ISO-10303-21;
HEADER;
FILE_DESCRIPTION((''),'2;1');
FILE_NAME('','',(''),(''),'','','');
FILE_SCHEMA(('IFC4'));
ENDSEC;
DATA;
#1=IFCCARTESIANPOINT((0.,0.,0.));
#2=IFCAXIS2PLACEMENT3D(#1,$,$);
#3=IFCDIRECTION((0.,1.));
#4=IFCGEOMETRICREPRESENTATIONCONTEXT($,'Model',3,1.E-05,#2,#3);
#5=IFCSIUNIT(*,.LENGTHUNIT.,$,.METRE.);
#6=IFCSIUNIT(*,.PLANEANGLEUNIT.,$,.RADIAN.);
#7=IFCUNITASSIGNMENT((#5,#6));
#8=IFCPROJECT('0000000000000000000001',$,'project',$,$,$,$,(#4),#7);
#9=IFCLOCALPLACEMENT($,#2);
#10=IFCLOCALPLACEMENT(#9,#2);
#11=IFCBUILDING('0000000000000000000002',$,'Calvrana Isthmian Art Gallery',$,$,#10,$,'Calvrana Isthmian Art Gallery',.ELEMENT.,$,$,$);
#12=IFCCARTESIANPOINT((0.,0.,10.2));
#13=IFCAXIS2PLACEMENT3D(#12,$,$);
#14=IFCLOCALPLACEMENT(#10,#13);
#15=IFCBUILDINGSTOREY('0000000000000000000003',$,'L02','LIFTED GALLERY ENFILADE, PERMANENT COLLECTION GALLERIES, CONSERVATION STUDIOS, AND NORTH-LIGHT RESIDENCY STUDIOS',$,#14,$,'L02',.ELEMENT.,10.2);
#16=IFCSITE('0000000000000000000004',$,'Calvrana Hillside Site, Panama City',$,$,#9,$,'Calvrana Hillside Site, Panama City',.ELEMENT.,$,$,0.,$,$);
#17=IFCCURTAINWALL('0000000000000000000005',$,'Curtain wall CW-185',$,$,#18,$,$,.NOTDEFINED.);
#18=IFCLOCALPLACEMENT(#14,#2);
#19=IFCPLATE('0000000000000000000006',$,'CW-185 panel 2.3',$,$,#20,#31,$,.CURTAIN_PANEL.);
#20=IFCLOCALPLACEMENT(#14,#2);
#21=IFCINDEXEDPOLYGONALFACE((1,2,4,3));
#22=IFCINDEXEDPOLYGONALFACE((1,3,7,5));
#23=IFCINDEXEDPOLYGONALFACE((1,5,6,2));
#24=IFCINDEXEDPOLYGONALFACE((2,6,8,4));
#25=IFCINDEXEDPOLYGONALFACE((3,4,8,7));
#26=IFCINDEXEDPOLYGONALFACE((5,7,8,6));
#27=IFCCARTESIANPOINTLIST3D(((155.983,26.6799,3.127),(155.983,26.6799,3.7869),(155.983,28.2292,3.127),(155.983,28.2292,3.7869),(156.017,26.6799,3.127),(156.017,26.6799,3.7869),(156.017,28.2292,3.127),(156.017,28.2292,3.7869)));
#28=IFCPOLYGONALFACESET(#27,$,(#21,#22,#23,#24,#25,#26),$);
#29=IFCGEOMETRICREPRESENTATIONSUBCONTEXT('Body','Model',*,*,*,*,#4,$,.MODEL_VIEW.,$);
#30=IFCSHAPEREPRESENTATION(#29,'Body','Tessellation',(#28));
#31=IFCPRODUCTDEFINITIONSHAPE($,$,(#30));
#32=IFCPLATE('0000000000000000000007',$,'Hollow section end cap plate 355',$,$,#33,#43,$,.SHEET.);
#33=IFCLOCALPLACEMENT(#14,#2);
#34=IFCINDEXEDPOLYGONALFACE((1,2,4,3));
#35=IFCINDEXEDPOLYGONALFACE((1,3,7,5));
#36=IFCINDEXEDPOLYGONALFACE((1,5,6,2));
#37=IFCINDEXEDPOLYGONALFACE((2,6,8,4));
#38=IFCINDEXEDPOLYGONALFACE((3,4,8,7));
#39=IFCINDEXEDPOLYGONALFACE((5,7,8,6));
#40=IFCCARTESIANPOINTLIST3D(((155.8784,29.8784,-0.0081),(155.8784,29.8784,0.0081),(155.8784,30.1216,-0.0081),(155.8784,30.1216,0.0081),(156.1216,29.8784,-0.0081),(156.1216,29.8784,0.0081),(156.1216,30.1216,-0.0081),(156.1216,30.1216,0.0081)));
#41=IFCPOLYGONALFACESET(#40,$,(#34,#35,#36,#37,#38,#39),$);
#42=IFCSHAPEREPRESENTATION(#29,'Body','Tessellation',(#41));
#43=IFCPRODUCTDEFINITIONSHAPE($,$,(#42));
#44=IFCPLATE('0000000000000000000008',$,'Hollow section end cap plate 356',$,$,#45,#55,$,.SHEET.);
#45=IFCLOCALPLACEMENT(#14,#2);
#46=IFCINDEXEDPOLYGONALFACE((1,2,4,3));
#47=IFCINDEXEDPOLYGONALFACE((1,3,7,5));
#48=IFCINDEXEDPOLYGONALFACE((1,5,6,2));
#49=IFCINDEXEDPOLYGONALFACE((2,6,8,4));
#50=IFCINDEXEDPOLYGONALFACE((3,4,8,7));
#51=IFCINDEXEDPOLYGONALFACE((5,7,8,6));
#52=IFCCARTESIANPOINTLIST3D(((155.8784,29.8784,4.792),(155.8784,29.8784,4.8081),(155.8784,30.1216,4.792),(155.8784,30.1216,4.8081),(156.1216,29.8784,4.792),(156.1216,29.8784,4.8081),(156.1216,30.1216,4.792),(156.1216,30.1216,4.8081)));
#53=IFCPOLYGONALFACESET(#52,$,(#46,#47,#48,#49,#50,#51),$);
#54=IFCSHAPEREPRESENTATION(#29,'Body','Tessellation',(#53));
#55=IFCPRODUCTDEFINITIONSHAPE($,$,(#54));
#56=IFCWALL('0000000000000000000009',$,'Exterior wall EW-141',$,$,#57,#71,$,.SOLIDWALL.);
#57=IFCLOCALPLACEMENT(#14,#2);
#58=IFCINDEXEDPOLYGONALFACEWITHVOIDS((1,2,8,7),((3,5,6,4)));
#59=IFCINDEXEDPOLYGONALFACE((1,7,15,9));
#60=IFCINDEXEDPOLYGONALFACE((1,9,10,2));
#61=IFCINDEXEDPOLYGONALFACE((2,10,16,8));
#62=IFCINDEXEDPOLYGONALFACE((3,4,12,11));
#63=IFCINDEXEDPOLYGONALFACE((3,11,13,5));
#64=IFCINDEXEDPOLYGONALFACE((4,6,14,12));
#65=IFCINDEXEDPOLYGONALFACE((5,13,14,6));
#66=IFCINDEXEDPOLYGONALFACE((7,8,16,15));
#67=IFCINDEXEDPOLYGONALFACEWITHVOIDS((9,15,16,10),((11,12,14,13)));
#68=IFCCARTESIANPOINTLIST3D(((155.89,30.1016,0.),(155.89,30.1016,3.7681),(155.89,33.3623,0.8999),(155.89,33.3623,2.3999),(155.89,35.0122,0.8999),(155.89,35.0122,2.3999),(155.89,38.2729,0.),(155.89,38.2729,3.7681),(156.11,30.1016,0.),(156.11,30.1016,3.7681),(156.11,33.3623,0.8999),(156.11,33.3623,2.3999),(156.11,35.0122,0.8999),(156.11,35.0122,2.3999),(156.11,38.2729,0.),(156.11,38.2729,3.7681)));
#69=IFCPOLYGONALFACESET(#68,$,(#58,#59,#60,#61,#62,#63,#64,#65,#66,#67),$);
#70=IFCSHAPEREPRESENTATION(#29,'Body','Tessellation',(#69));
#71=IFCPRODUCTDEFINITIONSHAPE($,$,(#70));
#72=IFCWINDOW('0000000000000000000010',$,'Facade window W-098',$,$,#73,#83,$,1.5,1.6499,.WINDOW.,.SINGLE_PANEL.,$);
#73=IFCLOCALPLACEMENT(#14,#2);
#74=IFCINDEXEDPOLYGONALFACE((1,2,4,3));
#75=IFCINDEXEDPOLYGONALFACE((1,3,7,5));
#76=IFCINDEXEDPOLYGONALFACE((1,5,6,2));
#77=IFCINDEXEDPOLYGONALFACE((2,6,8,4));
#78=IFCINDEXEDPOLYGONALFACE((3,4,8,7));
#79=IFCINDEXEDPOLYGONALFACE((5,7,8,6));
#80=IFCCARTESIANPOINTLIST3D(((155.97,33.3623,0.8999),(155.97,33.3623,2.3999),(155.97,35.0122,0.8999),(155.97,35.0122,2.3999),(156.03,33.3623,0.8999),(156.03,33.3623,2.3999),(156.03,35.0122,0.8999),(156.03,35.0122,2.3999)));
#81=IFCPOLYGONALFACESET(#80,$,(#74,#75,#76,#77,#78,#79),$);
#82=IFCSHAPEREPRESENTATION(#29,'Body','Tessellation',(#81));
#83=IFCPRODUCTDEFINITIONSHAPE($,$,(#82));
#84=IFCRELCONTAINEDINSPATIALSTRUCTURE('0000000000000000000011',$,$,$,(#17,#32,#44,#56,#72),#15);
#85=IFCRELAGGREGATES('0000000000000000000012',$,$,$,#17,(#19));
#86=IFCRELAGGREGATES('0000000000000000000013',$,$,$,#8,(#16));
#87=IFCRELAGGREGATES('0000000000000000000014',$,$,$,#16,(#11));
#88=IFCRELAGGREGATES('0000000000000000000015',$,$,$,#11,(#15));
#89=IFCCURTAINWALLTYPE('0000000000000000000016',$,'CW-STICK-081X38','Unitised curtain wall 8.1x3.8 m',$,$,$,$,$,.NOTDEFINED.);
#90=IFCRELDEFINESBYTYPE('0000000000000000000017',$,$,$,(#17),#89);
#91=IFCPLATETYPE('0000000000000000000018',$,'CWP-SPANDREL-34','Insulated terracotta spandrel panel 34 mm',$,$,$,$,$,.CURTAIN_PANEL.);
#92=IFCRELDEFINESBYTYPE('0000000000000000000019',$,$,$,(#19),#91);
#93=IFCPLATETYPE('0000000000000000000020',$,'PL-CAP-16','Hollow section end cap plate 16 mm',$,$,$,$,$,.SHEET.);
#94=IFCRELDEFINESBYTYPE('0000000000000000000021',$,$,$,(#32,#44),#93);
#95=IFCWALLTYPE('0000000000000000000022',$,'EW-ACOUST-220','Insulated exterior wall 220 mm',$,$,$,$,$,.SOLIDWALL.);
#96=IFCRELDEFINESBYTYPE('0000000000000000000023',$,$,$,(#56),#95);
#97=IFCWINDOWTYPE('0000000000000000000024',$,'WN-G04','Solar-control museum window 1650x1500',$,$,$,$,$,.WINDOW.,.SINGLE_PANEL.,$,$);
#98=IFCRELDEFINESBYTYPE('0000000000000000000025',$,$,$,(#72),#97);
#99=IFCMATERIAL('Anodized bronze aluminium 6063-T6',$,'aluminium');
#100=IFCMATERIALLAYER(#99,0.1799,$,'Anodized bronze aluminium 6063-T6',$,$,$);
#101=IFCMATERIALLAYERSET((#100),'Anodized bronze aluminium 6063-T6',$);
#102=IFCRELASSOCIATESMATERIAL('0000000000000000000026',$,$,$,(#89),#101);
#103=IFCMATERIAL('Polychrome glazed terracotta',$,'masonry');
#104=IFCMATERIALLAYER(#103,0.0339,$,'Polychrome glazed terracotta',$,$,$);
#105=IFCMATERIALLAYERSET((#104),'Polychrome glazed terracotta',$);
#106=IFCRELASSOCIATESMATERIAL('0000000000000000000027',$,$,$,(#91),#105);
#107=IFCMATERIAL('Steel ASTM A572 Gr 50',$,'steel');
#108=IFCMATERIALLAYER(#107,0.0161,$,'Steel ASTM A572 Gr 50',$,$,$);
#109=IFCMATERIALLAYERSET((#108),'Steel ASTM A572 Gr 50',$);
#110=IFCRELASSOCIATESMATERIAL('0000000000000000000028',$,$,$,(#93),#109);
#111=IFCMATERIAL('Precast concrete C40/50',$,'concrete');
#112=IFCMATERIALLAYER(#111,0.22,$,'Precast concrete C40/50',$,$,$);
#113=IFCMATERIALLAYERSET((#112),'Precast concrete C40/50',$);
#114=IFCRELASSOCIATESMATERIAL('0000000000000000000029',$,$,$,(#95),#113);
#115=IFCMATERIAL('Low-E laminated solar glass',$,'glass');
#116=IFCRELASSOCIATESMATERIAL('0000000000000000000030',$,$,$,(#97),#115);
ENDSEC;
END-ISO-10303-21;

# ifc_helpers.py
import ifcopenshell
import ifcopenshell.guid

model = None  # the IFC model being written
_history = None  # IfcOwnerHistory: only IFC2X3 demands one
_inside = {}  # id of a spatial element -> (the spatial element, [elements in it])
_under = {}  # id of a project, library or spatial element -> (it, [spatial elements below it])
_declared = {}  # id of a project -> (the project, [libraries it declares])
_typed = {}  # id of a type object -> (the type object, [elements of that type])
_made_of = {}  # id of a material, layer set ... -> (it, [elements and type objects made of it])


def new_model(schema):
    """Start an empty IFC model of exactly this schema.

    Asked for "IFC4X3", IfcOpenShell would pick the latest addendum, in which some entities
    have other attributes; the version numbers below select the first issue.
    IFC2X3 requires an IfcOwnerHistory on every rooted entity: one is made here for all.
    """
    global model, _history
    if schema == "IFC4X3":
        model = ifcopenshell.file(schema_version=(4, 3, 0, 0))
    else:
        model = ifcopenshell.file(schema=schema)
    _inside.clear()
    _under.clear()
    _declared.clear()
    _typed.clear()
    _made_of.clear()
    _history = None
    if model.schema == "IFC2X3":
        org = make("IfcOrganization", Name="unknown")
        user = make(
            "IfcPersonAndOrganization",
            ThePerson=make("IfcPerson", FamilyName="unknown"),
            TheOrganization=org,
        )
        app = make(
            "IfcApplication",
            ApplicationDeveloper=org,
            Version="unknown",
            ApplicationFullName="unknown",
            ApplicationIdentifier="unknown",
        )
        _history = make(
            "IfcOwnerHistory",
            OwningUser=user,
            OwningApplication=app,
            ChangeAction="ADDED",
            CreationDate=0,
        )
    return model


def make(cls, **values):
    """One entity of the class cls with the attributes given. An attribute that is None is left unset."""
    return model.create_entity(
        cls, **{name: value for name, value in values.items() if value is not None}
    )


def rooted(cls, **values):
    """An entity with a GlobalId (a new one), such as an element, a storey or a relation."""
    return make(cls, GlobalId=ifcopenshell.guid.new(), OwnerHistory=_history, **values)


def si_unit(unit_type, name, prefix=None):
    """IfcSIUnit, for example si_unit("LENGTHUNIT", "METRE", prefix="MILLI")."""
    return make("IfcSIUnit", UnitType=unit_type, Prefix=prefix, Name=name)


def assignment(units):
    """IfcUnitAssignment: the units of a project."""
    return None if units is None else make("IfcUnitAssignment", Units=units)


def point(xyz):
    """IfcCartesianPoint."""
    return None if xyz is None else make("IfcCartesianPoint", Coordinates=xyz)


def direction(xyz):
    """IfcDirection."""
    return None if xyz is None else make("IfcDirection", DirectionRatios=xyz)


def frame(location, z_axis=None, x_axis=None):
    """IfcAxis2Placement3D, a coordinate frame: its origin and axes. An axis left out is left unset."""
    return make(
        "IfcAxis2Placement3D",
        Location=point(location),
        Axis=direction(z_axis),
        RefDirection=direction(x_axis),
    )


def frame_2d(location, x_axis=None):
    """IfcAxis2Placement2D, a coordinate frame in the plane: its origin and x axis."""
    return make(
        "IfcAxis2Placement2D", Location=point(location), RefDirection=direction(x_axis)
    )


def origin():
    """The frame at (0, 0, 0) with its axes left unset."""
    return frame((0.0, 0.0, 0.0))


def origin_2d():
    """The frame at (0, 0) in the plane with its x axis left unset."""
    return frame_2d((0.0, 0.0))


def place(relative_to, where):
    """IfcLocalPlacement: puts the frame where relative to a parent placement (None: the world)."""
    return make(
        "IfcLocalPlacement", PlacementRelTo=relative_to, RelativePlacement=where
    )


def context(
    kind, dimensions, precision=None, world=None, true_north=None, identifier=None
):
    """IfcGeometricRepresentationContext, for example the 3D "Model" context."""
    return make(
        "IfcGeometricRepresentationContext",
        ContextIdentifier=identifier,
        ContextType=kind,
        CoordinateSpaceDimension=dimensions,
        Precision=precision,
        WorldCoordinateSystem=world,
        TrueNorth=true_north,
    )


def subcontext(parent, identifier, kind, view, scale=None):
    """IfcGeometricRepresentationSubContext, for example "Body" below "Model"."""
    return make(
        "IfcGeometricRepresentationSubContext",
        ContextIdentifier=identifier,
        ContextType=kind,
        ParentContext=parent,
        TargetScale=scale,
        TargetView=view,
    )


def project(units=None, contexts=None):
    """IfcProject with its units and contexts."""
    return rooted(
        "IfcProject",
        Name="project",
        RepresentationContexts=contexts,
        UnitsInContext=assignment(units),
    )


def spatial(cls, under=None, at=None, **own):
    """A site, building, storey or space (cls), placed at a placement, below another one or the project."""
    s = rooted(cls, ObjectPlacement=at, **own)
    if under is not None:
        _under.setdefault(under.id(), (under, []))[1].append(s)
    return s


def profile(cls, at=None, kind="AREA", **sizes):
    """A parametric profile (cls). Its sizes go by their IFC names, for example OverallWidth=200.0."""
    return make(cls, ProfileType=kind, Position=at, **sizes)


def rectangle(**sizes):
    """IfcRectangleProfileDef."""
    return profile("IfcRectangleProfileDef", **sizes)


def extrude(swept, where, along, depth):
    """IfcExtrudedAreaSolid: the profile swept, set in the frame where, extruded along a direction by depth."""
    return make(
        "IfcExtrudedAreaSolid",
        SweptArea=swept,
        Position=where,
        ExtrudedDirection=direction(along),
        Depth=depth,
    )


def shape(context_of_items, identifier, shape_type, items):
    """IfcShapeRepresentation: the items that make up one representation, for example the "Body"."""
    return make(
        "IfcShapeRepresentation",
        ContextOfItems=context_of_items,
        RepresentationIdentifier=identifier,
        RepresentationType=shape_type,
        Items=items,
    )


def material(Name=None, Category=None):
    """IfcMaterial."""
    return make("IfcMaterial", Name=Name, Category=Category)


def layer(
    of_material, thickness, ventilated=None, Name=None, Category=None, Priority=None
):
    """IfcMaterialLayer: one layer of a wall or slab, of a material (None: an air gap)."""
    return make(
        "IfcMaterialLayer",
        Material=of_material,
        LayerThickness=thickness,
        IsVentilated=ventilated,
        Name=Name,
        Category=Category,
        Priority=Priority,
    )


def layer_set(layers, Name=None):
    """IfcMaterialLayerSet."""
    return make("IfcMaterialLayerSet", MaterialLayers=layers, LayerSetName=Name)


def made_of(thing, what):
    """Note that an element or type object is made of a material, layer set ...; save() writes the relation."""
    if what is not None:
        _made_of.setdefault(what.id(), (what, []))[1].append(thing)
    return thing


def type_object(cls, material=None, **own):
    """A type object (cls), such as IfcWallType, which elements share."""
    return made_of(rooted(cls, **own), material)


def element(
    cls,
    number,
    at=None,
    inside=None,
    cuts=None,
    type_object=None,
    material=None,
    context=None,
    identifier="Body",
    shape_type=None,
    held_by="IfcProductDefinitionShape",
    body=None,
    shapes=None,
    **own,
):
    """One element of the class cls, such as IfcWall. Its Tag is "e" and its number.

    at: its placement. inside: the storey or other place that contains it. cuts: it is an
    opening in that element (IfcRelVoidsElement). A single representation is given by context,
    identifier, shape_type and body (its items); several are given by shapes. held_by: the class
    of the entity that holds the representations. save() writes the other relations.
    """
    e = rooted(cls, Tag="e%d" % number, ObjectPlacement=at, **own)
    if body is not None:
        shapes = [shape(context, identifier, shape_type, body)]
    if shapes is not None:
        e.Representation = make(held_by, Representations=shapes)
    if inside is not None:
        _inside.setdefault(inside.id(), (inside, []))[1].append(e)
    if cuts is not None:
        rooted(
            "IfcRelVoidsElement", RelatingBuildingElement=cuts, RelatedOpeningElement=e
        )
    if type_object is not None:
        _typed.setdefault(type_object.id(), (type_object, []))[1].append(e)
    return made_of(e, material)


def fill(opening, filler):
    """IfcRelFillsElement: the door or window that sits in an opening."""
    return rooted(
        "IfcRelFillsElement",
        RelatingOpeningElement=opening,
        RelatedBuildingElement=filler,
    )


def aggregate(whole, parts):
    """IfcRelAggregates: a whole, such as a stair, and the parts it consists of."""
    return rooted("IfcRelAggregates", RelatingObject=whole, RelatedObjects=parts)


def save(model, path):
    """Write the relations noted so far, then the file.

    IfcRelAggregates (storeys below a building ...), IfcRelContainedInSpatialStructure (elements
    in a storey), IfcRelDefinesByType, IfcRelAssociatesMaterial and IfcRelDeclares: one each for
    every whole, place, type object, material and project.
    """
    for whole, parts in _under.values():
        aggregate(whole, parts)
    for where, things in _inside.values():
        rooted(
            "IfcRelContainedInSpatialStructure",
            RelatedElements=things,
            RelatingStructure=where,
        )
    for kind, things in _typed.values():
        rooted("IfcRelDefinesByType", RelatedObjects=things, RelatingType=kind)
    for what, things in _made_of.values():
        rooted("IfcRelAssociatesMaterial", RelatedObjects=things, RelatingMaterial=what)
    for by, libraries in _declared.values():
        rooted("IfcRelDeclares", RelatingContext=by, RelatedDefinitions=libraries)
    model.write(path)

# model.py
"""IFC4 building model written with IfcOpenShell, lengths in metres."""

from ifc_helpers import new_model, si_unit, direction, frame, frame_2d, origin, origin_2d, place, context, subcontext, project, spatial, rectangle, extrude, material, layer, layer_set, type_object, element, fill, aggregate, save


model = new_model("IFC4")

# Units and contexts
model_context = context("Model", 3, precision=1e-05, world=origin(), true_north=direction((0.0, 1.0)))
body_context = subcontext(model_context, "Body", "Model", "MODEL_VIEW")
ifc_project = project(units=[si_unit("LENGTHUNIT", "METRE"), si_unit("PLANEANGLEUNIT", "RADIAN")], contexts=[model_context])

# Site, building, storey
site_placement = place(None, origin())
site = spatial("IfcSite", under=ifc_project, at=site_placement, Name="Calvrana Hillside Site, Panama City", LongName="Calvrana Hillside Site, Panama City", CompositionType="ELEMENT", RefElevation=0.0)
building_placement = place(site_placement, origin())
building = spatial("IfcBuilding", under=site, at=building_placement, Name="Calvrana Isthmian Art Gallery", LongName="Calvrana Isthmian Art Gallery", CompositionType="ELEMENT")
storey_placement = place(building_placement, frame((0.0, 0.0, 10.2)))
storey = spatial("IfcBuildingStorey", under=building, at=storey_placement, Name="L02", Description="LIFTED GALLERY ENFILADE, PERMANENT COLLECTION GALLERIES, CONSERVATION STUDIOS, AND NORTH-LIGHT RESIDENCY STUDIOS", LongName="L02", CompositionType="ELEMENT", Elevation=10.2)

# Curtain wall, plate
ifc_material_1 = material(Name="Anodized bronze aluminium 6063-T6", Category="aluminium")
ifc_layer_1 = layer(ifc_material_1, 0.1799, Name="Anodized bronze aluminium 6063-T6")
ifc_layer_set_1 = layer_set([ifc_layer_1], Name="Anodized bronze aluminium 6063-T6")
curtain_wall_type = type_object("IfcCurtainWallType", Name="CW-STICK-081X38", Description="Unitised curtain wall 8.1x3.8 m", PredefinedType="NOTDEFINED", material=ifc_layer_set_1)
curtain_wall_placement = place(storey_placement, origin())
curtain_wall = element("IfcCurtainWall", 1, at=curtain_wall_placement, inside=storey, type_object=curtain_wall_type, Name="Curtain wall CW-185", PredefinedType="NOTDEFINED")
ifc_material_2 = material(Name="Polychrome glazed terracotta", Category="masonry")
ifc_layer_2 = layer(ifc_material_2, 0.0339, Name="Polychrome glazed terracotta")
ifc_layer_set_2 = layer_set([ifc_layer_2], Name="Polychrome glazed terracotta")
plate_type_1 = type_object("IfcPlateType", Name="CWP-SPANDREL-34", Description="Insulated terracotta spandrel panel 34 mm", PredefinedType="CURTAIN_PANEL", material=ifc_layer_set_2)
plate_1_placement = place(storey_placement, frame((156.0, 27.4546, 3.127), z_axis=(0.0, 0.0, 1.0), x_axis=(0.0, -1.0, 0.0)))
plate_1 = element("IfcPlate", 2, at=plate_1_placement, type_object=plate_type_1, Name="CW-185 panel 2.3", PredefinedType="CURTAIN_PANEL", context=body_context, shape_type="SweptSolid", body=[
    extrude(rectangle(XDim=1.5493, YDim=0.0339, at=origin_2d()), origin(), (0.0, 0.0, 1.0), 0.6599),
])
aggregate(curtain_wall, [plate_1])

# Plates
ifc_material_3 = material(Name="Steel ASTM A572 Gr 50", Category="steel")
ifc_layer_3 = layer(ifc_material_3, 0.0161, Name="Steel ASTM A572 Gr 50")
ifc_layer_set_3 = layer_set([ifc_layer_3], Name="Steel ASTM A572 Gr 50")
plate_type_2 = type_object("IfcPlateType", Name="PL-CAP-16", Description="Hollow section end cap plate 16 mm", PredefinedType="SHEET", material=ifc_layer_set_3)
for number, where, z_axis, x_axis, name in (
    (3, (156.0, 30.0, -0.0081), (0.0, 0.0, 1.0), (1.0, 0.0, 0.0), "Hollow section end cap plate 355"),
    (4, (156.0, 30.0, 4.792), (0.0, 0.0, 1.0), (1.0, 0.0, 0.0), "Hollow section end cap plate 356"),
):
    element("IfcPlate", number, at=place(storey_placement, frame(where, z_axis=z_axis, x_axis=x_axis)), inside=storey, type_object=plate_type_2, Name=name, PredefinedType="SHEET", context=body_context, shape_type="SweptSolid", body=[
        extrude(rectangle(XDim=0.2432, YDim=0.2432, at=origin_2d()), origin(), (0.0, 0.0, 1.0), 0.0161),
    ])

# Wall, opening, window
ifc_material_4 = material(Name="Precast concrete C40/50", Category="concrete")
ifc_layer_4 = layer(ifc_material_4, 0.22, Name="Precast concrete C40/50")
ifc_layer_set_4 = layer_set([ifc_layer_4], Name="Precast concrete C40/50")
wall_type = type_object("IfcWallType", Name="EW-ACOUST-220", Description="Insulated exterior wall 220 mm", PredefinedType="SOLIDWALL", material=ifc_layer_set_4)
wall_placement = place(storey_placement, frame((156.0, 38.2729, 0.0), z_axis=(0.0, 0.0, 1.0), x_axis=(0.0, -1.0, 0.0)))
wall = element("IfcWall", 5, at=wall_placement, inside=storey, type_object=wall_type, Name="Exterior wall EW-141", PredefinedType="SOLIDWALL", context=body_context, shape_type="SweptSolid", body=[
    extrude(rectangle(XDim=8.1714, YDim=0.22, at=frame_2d((4.0857, 0.0))), origin(), (0.0, 0.0, 1.0), 3.7681),
])
opening_placement = place(wall_placement, frame((3.2607, 0.0, 0.8999)))
opening = element("IfcOpeningElement", 6, at=opening_placement, cuts=wall, PredefinedType="OPENING", context=body_context, shape_type="SweptSolid", body=[
    extrude(rectangle(XDim=1.6499, YDim=1.5, at=frame_2d((0.825, 0.75))), frame((0.0, 0.1201, 0.0), z_axis=(0.0, -1.0, 0.0), x_axis=(1.0, 0.0, 0.0)), (0.0, 0.0, 1.0), 0.2405),
])
ifc_material_5 = material(Name="Low-E laminated solar glass", Category="glass")
window_type = type_object("IfcWindowType", Name="WN-G04", Description="Solar-control museum window 1650x1500", PartitioningType="SINGLE_PANEL", PredefinedType="WINDOW", material=ifc_material_5)
window_placement = place(opening_placement, origin())
window = element("IfcWindow", 7, at=window_placement, inside=storey, type_object=window_type, Name="Facade window W-098", OverallHeight=1.5, OverallWidth=1.6499, PartitioningType="SINGLE_PANEL", PredefinedType="WINDOW", context=body_context, shape_type="SweptSolid", body=[
    extrude(rectangle(XDim=1.6499, YDim=1.5, at=frame_2d((0.825, 0.75))), frame((0.0, 0.03, 0.0), z_axis=(0.0, -1.0, 0.0), x_axis=(1.0, 0.0, 0.0)), (0.0, 0.0, 1.0), 0.0601),
])
fill(opening, window)

save(model, "model.ifc")
